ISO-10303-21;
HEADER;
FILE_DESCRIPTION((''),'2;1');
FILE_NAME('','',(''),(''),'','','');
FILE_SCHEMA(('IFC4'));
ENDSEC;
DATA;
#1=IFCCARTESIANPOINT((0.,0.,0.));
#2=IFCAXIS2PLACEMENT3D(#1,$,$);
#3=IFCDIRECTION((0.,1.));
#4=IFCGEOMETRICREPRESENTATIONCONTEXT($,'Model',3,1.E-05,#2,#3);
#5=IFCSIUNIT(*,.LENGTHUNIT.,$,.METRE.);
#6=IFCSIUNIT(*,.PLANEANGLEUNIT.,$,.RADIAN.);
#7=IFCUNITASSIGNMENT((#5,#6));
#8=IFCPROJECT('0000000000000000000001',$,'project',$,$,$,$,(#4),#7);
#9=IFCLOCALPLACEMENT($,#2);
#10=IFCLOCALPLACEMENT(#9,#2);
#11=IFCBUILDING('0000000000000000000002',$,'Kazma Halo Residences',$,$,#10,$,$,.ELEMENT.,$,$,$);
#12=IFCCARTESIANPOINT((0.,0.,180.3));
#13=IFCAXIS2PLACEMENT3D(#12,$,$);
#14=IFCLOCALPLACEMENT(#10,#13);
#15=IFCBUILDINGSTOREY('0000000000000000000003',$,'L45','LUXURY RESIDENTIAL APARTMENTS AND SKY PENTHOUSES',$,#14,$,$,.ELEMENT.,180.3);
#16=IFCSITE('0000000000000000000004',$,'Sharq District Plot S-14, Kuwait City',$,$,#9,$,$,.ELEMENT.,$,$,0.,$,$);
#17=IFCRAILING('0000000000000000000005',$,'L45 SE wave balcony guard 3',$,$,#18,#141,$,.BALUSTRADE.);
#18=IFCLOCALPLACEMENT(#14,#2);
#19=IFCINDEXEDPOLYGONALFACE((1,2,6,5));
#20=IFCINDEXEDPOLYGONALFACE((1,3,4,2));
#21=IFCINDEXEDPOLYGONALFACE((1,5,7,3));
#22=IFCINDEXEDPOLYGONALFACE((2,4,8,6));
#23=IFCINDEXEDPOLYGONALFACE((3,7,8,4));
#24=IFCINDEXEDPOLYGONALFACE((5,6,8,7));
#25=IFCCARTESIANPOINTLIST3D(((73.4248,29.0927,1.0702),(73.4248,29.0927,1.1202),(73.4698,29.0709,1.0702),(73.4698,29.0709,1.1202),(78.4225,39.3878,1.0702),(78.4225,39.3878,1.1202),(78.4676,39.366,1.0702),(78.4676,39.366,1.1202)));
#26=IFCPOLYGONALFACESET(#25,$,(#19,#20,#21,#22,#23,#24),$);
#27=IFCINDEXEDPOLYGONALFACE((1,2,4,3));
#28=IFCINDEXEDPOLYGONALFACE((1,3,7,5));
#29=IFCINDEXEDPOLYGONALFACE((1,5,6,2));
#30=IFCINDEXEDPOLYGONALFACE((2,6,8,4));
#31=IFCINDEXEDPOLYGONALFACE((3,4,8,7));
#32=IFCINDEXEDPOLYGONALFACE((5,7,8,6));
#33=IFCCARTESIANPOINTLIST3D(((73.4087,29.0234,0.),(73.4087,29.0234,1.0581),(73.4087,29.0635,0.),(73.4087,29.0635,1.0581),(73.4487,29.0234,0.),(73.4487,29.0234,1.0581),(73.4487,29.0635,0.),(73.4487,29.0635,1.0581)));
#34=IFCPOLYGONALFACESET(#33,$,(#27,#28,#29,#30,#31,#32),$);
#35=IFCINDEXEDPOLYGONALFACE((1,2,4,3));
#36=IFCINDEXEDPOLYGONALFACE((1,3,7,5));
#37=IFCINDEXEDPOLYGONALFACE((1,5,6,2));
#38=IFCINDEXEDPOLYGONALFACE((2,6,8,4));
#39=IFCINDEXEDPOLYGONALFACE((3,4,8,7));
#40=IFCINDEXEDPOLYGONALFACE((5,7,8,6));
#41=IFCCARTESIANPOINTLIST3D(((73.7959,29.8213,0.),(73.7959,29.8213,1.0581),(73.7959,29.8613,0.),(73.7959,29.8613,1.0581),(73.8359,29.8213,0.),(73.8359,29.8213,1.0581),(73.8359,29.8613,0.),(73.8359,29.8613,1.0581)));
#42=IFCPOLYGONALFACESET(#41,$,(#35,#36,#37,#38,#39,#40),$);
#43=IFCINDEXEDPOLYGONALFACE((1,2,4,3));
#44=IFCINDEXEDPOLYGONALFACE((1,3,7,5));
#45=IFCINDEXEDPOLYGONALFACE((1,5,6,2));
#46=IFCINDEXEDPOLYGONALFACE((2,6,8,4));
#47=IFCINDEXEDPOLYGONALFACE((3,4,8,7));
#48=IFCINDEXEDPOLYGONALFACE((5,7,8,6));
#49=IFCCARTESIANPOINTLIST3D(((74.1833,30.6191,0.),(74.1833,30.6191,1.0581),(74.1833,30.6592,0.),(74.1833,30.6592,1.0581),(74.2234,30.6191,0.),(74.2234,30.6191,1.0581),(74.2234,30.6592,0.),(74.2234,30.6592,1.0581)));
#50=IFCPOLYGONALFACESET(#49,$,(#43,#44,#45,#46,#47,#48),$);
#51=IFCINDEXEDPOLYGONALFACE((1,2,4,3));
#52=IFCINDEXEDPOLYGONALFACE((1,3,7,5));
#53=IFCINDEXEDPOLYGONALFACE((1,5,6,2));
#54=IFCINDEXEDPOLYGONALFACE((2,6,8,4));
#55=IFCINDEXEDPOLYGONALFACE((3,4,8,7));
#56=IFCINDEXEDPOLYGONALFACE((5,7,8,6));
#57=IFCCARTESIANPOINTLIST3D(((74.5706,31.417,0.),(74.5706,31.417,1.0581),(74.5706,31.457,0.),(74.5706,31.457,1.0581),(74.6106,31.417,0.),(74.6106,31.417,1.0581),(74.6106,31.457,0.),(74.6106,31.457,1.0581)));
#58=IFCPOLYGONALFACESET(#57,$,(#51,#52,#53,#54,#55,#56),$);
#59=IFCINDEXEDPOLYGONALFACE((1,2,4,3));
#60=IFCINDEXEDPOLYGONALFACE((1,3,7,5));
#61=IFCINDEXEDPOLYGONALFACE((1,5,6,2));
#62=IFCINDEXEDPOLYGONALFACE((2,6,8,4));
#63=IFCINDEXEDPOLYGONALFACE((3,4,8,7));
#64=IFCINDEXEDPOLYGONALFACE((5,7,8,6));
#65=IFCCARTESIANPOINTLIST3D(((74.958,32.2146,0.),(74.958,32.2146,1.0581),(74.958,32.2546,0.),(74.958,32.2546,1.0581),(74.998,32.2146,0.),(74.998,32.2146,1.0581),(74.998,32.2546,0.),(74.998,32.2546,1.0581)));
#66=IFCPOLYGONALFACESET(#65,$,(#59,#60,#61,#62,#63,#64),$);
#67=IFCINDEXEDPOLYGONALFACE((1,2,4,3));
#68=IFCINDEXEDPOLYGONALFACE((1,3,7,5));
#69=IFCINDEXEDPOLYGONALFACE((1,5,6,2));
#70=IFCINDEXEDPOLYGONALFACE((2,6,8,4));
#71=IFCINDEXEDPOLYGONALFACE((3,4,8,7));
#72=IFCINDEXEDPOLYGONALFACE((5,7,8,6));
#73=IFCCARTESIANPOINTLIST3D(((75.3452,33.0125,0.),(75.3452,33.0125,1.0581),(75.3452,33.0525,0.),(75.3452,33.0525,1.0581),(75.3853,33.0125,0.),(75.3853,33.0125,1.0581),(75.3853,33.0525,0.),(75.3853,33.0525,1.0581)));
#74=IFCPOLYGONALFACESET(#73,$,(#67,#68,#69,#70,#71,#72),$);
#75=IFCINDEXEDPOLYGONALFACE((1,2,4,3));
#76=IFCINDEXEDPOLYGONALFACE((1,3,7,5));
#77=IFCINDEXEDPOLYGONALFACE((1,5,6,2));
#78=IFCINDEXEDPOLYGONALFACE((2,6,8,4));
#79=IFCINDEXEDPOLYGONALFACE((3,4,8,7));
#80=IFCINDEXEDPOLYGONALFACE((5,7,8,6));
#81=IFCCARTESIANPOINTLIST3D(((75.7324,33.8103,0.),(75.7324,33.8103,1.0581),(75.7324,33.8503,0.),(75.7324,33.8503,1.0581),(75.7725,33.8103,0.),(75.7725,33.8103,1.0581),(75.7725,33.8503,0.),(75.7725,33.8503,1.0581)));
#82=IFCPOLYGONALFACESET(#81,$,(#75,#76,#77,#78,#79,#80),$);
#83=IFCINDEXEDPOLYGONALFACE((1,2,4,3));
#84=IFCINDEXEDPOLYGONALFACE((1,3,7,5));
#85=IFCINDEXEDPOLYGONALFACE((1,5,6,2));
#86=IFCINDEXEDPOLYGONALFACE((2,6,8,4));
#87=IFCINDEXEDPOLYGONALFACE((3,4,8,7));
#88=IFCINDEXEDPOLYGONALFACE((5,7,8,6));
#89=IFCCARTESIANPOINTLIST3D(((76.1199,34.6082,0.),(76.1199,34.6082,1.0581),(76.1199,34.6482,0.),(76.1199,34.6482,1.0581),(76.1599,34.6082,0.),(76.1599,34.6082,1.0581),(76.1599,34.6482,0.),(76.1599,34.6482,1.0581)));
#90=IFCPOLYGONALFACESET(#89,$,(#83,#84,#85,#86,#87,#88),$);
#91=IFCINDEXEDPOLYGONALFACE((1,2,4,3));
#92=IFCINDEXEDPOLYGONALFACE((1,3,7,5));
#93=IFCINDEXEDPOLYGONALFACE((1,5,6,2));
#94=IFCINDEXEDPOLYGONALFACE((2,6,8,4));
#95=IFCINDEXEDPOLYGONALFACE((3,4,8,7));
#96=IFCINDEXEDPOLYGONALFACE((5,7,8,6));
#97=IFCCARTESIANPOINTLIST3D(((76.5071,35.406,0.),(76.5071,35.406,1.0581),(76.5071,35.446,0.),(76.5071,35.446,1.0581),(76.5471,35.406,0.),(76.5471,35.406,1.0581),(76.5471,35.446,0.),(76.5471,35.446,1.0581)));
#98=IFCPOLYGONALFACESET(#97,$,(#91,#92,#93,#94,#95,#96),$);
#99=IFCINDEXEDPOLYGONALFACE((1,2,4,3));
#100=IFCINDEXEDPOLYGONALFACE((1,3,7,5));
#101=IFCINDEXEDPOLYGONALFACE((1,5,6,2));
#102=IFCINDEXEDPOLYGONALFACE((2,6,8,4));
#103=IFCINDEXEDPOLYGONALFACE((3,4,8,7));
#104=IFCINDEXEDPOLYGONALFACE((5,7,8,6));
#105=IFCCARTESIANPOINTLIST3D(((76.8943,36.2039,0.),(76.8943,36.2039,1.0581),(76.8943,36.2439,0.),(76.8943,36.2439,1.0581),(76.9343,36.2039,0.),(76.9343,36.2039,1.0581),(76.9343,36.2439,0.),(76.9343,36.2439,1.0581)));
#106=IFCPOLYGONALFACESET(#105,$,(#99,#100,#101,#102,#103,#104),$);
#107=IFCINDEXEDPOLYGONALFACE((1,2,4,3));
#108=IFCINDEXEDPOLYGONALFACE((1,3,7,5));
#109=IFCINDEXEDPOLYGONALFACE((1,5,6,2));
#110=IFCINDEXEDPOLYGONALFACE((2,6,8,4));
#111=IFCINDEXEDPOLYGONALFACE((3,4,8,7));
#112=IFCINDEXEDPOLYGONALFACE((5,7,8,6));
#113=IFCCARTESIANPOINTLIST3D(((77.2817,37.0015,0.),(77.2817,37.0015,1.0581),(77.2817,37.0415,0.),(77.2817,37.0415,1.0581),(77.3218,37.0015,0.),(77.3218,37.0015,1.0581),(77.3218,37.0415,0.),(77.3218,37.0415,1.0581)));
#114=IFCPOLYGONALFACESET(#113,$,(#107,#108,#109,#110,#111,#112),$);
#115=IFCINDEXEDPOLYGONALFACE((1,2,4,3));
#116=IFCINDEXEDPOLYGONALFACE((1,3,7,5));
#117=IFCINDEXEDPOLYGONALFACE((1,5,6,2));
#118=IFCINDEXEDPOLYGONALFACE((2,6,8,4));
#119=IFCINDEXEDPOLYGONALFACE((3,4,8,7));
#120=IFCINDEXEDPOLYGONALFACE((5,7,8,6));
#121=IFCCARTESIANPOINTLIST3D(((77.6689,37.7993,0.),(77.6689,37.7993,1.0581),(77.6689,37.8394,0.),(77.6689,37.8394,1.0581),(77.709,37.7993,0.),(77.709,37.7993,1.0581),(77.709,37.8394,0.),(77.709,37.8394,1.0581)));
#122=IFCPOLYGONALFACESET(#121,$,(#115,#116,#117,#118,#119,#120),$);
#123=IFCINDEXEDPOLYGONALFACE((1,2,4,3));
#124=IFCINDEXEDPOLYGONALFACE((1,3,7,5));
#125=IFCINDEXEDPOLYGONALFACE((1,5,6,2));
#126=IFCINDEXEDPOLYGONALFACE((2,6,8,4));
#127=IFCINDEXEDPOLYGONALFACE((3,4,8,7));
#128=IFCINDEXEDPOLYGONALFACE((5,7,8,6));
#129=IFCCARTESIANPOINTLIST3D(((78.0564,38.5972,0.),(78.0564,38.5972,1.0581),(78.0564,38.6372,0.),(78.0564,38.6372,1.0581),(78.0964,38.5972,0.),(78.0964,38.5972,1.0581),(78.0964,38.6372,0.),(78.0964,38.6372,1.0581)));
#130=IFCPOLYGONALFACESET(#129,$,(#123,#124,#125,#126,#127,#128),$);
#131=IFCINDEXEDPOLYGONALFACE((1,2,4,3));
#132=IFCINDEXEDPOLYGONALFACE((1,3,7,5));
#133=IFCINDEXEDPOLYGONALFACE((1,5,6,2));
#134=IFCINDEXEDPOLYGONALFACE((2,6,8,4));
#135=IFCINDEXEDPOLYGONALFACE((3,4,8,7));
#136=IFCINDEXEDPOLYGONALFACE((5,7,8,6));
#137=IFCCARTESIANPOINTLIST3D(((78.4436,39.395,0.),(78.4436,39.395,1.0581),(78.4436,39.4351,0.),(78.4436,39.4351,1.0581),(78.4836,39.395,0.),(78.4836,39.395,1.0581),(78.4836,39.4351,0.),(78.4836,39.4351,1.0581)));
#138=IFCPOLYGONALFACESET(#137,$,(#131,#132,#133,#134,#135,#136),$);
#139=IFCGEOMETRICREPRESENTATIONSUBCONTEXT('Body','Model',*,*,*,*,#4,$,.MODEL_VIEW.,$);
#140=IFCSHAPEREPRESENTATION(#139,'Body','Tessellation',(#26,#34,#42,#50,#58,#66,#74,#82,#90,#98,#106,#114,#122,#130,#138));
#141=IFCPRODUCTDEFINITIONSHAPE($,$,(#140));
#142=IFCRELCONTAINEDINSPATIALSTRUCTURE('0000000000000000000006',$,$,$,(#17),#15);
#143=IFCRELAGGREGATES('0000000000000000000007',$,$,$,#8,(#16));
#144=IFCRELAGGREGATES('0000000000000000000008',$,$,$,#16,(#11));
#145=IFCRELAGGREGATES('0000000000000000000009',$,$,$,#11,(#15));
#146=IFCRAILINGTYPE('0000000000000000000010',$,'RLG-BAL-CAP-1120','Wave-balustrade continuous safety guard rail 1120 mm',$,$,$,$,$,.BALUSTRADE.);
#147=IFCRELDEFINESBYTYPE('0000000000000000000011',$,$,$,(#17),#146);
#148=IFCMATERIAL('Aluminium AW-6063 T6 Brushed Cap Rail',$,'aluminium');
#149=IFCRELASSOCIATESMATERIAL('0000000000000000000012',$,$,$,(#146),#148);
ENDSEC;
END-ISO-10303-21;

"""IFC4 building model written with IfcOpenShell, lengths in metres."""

from ifc_helpers import new_model, si_unit, direction, frame, origin, origin_2d, place, context, subcontext, project, spatial, rectangle, extrude, material, type_object, element, save


model = new_model("IFC4")

# Units and contexts
model_context = context("Model", 3, precision=1e-05, world=origin(), true_north=direction((0.0, 1.0)))
body_context = subcontext(model_context, "Body", "Model", "MODEL_VIEW")
ifc_project = project(units=[si_unit("LENGTHUNIT", "METRE"), si_unit("PLANEANGLEUNIT", "RADIAN")], contexts=[model_context])

# Site, building, storey
site_placement = place(None, origin())
site = spatial("IfcSite", under=ifc_project, at=site_placement, Name="Sharq District Plot S-14, Kuwait City", CompositionType="ELEMENT", RefElevation=0.0)
building_placement = place(site_placement, origin())
building = spatial("IfcBuilding", under=site, at=building_placement, Name="Kazma Halo Residences", CompositionType="ELEMENT")
storey_placement = place(building_placement, frame((0.0, 0.0, 180.3)))
storey = spatial("IfcBuildingStorey", under=building, at=storey_placement, Name="L45", Description="LUXURY RESIDENTIAL APARTMENTS AND SKY PENTHOUSES", CompositionType="ELEMENT", Elevation=180.3)

# Railing
ifc_material_1 = material(Name="Aluminium AW-6063 T6 Brushed Cap Rail", Category="aluminium")
railing_type = type_object("IfcRailingType", Name="RLG-BAL-CAP-1120", Description="Wave-balustrade continuous safety guard rail 1120 mm", PredefinedType="BALUSTRADE", material=ifc_material_1)
railing_1_placement = place(storey_placement, frame((73.4287, 29.0435, 0.0)))
element("IfcRailing", 1, at=railing_1_placement, inside=storey, type_object=railing_type, Name="L45 SE wave balcony guard 3", PredefinedType="BALUSTRADE", context=body_context, shape_type="SweptSolid", body=[
    extrude(rectangle(XDim=0.05, YDim=0.05, at=origin_2d()), frame((0.0186, 0.0383, 1.0952), z_axis=(0.436714, 0.899601, 0.0), x_axis=(-0.899601, 0.436714, 0.0)), (0.0, 0.0, 1.0), 11.4441),
    extrude(rectangle(XDim=0.04, YDim=0.04, at=origin_2d()), origin(), (0.0, 0.0, 1.0), 1.0581),
    extrude(rectangle(XDim=0.04, YDim=0.04, at=origin_2d()), frame((0.3872, 0.7979, 0.0)), (0.0, 0.0, 1.0), 1.0581),
    extrude(rectangle(XDim=0.04, YDim=0.04, at=origin_2d()), frame((0.7747, 1.5957, 0.0)), (0.0, 0.0, 1.0), 1.0581),
    extrude(rectangle(XDim=0.04, YDim=0.04, at=origin_2d()), frame((1.1619, 2.3936, 0.0)), (0.0, 0.0, 1.0), 1.0581),
    extrude(rectangle(XDim=0.04, YDim=0.04, at=origin_2d()), frame((1.5493, 3.1912, 0.0)), (0.0, 0.0, 1.0), 1.0581),
    extrude(rectangle(XDim=0.04, YDim=0.04, at=origin_2d()), frame((1.9365, 3.989, 0.0)), (0.0, 0.0, 1.0), 1.0581),
    extrude(rectangle(XDim=0.04, YDim=0.04, at=origin_2d()), frame((2.3237, 4.7869, 0.0)), (0.0, 0.0, 1.0), 1.0581),
    extrude(rectangle(XDim=0.04, YDim=0.04, at=origin_2d()), frame((2.7112, 5.5847, 0.0)), (0.0, 0.0, 1.0), 1.0581),
    extrude(rectangle(XDim=0.04, YDim=0.04, at=origin_2d()), frame((3.0984, 6.3826, 0.0)), (0.0, 0.0, 1.0), 1.0581),
    extrude(rectangle(XDim=0.04, YDim=0.04, at=origin_2d()), frame((3.4856, 7.1804, 0.0)), (0.0, 0.0, 1.0), 1.0581),
    extrude(rectangle(XDim=0.04, YDim=0.04, at=origin_2d()), frame((3.873, 7.978, 0.0)), (0.0, 0.0, 1.0), 1.0581),
    extrude(rectangle(XDim=0.04, YDim=0.04, at=origin_2d()), frame((4.2603, 8.7759, 0.0)), (0.0, 0.0, 1.0), 1.0581),
    extrude(rectangle(XDim=0.04, YDim=0.04, at=origin_2d()), frame((4.6477, 9.5737, 0.0)), (0.0, 0.0, 1.0), 1.0581),
    extrude(rectangle(XDim=0.04, YDim=0.04, at=origin_2d()), frame((5.0349, 10.3716, 0.0)), (0.0, 0.0, 1.0), 1.0581),
])

save(model, "model.ifc")
